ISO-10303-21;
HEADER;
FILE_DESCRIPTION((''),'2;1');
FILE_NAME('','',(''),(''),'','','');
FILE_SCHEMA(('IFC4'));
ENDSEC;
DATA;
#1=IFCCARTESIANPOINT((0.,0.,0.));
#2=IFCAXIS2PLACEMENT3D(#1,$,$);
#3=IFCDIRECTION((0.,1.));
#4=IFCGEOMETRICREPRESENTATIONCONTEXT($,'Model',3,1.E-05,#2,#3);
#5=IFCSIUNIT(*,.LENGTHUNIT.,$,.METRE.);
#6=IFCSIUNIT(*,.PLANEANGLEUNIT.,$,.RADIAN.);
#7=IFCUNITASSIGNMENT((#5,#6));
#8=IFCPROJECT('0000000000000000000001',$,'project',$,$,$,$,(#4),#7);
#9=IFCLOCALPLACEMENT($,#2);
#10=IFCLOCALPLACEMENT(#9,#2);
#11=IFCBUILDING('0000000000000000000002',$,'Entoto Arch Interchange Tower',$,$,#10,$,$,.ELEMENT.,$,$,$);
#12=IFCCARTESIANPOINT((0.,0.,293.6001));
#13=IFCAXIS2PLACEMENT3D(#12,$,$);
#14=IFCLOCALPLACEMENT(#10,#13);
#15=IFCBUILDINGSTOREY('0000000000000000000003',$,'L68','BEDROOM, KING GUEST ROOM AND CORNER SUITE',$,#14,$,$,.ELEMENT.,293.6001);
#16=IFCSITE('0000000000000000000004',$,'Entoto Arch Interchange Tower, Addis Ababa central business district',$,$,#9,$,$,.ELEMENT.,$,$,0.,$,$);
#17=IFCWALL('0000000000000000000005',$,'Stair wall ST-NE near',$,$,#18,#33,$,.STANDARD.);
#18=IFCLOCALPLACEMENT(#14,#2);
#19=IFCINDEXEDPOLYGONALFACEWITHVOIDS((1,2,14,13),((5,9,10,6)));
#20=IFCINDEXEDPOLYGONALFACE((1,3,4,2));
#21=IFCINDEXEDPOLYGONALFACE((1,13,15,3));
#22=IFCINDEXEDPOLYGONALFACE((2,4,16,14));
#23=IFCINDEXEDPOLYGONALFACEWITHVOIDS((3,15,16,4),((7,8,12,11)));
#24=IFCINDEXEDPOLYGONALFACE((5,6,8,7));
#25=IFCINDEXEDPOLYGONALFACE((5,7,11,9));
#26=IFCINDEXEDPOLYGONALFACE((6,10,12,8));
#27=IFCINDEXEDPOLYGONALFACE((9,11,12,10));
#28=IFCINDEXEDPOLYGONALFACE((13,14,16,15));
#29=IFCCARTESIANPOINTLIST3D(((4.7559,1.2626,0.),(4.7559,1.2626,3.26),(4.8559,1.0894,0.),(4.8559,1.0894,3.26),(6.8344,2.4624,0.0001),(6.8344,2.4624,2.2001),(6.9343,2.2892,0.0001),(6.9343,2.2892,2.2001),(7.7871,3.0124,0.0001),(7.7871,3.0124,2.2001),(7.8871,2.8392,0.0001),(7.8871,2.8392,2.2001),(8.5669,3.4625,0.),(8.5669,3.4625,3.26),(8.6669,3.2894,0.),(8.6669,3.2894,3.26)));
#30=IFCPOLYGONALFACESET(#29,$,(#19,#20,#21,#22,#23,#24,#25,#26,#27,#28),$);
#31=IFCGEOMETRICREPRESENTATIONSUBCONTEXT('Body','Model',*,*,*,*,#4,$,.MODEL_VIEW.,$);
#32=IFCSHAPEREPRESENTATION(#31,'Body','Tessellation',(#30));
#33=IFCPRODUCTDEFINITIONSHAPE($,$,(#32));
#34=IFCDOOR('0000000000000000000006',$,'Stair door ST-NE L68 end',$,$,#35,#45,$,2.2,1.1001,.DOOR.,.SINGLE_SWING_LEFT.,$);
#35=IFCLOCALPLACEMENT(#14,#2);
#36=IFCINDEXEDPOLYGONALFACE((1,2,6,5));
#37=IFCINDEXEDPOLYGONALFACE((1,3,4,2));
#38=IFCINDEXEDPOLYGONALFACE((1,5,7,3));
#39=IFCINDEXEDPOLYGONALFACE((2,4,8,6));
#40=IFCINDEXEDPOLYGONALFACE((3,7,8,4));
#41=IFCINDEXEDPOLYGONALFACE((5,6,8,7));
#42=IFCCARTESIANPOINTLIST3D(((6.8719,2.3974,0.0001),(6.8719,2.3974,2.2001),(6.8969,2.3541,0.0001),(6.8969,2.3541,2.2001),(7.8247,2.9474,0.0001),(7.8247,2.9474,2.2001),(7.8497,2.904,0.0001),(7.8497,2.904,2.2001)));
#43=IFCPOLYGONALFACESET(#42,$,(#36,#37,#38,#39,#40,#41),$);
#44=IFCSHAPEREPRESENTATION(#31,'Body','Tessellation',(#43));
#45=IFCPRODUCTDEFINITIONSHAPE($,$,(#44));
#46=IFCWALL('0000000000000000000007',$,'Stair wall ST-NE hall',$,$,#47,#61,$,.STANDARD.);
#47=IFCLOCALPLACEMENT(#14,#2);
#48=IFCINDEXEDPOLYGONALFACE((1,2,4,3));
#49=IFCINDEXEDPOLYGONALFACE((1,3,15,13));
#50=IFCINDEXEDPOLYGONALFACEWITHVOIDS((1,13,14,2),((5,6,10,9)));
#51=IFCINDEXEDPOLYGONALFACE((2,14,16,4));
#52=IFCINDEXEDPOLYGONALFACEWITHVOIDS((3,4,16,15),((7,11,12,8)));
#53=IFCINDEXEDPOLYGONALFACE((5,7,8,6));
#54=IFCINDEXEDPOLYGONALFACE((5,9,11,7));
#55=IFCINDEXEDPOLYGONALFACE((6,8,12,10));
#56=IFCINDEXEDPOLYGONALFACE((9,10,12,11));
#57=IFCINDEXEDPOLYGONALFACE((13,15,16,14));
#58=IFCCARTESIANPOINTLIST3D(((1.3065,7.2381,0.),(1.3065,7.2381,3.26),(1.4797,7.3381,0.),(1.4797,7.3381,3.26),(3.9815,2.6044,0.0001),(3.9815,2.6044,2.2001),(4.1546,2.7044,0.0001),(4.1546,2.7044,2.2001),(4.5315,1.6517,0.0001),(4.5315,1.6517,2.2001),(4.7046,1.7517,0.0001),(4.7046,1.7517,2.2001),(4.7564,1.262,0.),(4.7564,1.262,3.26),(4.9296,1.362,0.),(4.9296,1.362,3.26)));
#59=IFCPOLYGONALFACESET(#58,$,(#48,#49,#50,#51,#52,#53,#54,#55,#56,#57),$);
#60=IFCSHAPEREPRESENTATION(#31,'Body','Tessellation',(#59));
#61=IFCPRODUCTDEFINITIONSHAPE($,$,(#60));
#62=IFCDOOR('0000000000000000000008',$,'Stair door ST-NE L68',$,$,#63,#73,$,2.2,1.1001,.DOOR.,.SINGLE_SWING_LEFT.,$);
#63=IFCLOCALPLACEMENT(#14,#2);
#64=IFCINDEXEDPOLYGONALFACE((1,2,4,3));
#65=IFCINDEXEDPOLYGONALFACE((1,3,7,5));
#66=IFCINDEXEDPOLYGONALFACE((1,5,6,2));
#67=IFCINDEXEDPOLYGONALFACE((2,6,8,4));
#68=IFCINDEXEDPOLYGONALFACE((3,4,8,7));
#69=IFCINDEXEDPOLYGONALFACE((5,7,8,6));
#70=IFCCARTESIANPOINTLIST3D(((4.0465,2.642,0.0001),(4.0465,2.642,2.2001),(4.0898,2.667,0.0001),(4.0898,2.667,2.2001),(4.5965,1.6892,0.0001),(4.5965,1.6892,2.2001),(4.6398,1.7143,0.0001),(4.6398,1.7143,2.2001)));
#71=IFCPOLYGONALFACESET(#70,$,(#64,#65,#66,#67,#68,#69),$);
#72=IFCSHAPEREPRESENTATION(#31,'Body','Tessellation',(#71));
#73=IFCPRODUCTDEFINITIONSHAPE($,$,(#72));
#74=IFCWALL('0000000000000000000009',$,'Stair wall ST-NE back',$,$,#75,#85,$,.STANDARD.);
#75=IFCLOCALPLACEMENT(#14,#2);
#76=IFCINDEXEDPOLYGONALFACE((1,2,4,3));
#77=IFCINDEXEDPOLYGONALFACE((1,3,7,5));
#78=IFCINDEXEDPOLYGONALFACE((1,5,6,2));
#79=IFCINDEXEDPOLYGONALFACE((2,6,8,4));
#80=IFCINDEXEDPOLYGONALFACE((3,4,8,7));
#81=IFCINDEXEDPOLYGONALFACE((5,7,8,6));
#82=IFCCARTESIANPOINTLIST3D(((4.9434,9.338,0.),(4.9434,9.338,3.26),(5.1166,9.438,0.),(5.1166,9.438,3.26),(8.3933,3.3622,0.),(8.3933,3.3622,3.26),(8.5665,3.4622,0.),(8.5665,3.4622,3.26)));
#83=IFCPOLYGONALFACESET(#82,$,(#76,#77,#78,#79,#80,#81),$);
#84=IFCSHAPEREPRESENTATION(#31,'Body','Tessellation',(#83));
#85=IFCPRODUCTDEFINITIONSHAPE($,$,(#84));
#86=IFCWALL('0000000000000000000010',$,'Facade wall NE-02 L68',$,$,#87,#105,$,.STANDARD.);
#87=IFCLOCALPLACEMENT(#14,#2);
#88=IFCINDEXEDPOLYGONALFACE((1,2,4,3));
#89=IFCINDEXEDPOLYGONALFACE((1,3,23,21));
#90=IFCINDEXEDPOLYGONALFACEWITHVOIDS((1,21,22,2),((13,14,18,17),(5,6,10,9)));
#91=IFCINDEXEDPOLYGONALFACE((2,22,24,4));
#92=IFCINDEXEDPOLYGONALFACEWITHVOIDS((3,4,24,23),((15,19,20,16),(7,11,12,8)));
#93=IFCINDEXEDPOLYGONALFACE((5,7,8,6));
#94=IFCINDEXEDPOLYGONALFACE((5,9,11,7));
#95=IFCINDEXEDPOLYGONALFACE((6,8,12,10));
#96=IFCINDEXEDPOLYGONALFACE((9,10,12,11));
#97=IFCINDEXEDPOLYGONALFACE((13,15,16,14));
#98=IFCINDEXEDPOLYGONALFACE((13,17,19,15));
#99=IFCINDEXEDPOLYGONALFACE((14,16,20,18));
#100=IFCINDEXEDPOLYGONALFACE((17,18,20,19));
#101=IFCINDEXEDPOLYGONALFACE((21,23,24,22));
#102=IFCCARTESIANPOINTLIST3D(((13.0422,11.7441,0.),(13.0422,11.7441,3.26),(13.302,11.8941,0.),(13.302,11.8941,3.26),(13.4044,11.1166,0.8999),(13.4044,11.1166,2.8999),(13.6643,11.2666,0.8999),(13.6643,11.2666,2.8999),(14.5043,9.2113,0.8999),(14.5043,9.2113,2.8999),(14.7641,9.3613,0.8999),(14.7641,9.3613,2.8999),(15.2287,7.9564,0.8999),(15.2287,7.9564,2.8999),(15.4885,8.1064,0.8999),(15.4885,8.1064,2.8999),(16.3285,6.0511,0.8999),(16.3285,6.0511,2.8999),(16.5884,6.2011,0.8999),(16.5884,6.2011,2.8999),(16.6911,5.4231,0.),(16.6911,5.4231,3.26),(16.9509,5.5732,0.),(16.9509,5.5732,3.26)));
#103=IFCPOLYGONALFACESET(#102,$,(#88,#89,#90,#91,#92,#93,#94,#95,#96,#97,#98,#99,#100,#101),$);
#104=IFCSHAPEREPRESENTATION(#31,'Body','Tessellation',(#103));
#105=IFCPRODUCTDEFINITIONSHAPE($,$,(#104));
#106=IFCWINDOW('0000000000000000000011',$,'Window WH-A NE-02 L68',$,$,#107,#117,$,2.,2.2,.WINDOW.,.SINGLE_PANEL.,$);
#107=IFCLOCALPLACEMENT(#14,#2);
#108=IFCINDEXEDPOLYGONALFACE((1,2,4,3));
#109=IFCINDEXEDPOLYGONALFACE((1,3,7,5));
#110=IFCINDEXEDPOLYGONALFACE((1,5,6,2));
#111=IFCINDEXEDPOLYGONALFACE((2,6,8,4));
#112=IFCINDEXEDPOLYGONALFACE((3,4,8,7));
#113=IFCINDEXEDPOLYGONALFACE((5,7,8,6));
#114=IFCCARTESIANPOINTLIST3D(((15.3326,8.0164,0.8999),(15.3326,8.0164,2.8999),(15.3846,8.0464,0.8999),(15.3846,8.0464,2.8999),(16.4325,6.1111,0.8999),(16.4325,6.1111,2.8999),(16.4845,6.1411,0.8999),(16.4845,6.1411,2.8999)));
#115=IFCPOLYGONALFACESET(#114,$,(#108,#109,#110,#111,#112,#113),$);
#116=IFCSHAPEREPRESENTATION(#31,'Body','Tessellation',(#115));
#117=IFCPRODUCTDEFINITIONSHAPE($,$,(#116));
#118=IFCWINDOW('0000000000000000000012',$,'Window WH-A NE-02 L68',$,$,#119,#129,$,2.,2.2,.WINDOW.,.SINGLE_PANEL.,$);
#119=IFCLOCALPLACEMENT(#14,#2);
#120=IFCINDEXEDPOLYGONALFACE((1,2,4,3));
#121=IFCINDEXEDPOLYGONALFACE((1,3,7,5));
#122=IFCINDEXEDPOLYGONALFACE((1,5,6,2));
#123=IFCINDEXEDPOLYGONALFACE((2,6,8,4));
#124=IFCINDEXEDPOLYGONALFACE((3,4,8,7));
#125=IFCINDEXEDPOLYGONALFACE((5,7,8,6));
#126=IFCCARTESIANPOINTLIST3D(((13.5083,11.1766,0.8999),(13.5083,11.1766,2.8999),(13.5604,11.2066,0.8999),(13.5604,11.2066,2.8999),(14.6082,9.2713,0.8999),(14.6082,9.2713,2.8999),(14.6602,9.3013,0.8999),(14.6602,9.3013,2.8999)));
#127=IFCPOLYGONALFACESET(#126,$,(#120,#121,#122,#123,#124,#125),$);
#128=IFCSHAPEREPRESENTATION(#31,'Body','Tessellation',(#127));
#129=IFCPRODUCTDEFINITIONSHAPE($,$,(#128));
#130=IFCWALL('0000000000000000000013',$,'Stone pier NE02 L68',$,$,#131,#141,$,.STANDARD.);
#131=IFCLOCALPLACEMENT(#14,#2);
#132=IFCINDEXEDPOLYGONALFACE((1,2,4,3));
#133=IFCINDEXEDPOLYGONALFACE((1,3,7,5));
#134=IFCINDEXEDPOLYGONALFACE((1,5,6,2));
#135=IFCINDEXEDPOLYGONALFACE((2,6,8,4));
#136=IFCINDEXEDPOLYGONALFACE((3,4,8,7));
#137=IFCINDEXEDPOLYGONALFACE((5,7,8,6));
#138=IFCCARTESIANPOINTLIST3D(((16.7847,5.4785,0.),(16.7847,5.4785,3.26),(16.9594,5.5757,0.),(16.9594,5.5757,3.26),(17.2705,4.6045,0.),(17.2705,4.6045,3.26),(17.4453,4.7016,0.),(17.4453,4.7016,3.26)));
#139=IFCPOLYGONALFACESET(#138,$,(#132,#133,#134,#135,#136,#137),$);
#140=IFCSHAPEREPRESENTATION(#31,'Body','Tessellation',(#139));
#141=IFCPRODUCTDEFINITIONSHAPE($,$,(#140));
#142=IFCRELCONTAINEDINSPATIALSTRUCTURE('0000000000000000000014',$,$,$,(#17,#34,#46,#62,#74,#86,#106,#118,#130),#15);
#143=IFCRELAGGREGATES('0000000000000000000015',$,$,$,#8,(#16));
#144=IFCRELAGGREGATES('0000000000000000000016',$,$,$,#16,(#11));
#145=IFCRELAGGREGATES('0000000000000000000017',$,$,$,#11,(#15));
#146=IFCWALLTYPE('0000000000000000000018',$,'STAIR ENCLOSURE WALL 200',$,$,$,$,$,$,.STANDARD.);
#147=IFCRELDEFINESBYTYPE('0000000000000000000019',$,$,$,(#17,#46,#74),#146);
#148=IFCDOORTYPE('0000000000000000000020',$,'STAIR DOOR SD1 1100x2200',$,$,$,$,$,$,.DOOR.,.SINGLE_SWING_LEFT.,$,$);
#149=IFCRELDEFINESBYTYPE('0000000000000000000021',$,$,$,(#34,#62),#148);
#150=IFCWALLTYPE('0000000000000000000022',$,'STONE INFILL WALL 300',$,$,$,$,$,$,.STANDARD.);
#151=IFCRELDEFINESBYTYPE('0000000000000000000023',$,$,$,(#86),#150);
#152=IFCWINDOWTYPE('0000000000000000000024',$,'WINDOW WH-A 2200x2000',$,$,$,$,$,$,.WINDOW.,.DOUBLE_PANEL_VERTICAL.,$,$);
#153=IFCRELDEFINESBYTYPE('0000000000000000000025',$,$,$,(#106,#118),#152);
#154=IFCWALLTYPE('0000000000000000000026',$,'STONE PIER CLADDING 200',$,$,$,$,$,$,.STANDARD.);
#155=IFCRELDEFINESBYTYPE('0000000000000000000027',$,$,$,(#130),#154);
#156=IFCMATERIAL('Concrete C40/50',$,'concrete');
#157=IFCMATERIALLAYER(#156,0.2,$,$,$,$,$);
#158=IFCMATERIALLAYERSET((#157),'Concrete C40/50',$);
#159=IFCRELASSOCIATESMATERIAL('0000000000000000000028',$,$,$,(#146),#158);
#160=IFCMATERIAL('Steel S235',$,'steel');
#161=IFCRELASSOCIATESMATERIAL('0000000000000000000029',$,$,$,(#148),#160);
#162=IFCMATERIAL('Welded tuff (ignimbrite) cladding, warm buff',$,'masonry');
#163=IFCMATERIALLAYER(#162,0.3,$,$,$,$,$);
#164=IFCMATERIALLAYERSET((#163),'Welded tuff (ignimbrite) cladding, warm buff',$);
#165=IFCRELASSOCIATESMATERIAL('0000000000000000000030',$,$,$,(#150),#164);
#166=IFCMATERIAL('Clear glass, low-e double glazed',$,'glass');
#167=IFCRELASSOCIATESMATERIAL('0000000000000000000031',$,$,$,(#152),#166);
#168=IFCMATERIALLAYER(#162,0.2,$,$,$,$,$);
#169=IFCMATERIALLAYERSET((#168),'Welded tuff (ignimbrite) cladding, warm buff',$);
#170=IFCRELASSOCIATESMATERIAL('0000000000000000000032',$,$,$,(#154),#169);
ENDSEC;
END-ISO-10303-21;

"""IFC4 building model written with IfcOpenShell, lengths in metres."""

from ifc_helpers import new_model, si_unit, direction, frame, frame_2d, origin, place, context, subcontext, project, spatial, rectangle, extrude, material, layer, layer_set, type_object, element, fill, save


model = new_model("IFC4")

# Units and contexts
model_context = context("Model", 3, precision=1e-05, world=origin(), true_north=direction((0.0, 1.0)))
body_context = subcontext(model_context, "Body", "Model", "MODEL_VIEW")
ifc_project = project(units=[si_unit("LENGTHUNIT", "METRE"), si_unit("PLANEANGLEUNIT", "RADIAN")], contexts=[model_context])

# Site, building, storey
site_placement = place(None, origin())
site = spatial("IfcSite", under=ifc_project, at=site_placement, Name="Entoto Arch Interchange Tower, Addis Ababa central business district", CompositionType="ELEMENT", RefElevation=0.0)
building_placement = place(site_placement, origin())
building = spatial("IfcBuilding", under=site, at=building_placement, Name="Entoto Arch Interchange Tower", CompositionType="ELEMENT")
storey_placement = place(building_placement, frame((0.0, 0.0, 293.6001)))
storey = spatial("IfcBuildingStorey", under=building, at=storey_placement, Name="L68", Description="BEDROOM, KING GUEST ROOM AND CORNER SUITE", CompositionType="ELEMENT", Elevation=293.6001)

# Shared definitions
ifc_material_1 = material(Name="Concrete C40/50", Category="concrete")

# Walls, openings, doors
ifc_layer_1 = layer(ifc_material_1, 0.2)
ifc_layer_set_1 = layer_set([ifc_layer_1], Name="Concrete C40/50")
wall_type_1 = type_object("IfcWallType", Name="STAIR ENCLOSURE WALL 200", PredefinedType="STANDARD", material=ifc_layer_set_1)
wall_1_placement = place(storey_placement, frame((4.8059, 1.176, 0.0), z_axis=(0.0, 0.0, 1.0), x_axis=(0.86606, 0.49994, 0.0)))
wall_1 = element("IfcWall", 1, at=wall_1_placement, inside=storey, type_object=wall_type_1, Name="Stair wall ST-NE near", PredefinedType="STANDARD", context=body_context, shape_type="SweptSolid", body=[
    extrude(rectangle(XDim=4.4004, YDim=0.2, at=frame_2d((2.2002, 0.0))), origin(), (0.0, 0.0, 1.0), 3.26),
])
opening_1_placement = place(wall_1_placement, frame((2.3999, 0.0, 0.0)))
opening_1 = element("IfcOpeningElement", 2, at=opening_1_placement, cuts=wall_1, PredefinedType="OPENING", context=body_context, shape_type="SweptSolid", body=[
    extrude(rectangle(XDim=1.1001, YDim=2.2, at=frame_2d((0.55, 1.1001))), frame((0.0, 0.1099, 0.0), z_axis=(0.0, -1.0, 0.0), x_axis=(1.0, 0.0, 0.0)), (0.0, 0.0, 1.0), 0.22),
])
ifc_material_2 = material(Name="Steel S235", Category="steel")
door_type_1 = type_object("IfcDoorType", Name="STAIR DOOR SD1 1100x2200", OperationType="SINGLE_SWING_LEFT", PredefinedType="DOOR", material=ifc_material_2)
door_1_placement = place(opening_1_placement, origin())
door_1 = element("IfcDoor", 3, at=door_1_placement, inside=storey, type_object=door_type_1, Name="Stair door ST-NE L68 end", OperationType="SINGLE_SWING_LEFT", OverallHeight=2.2, OverallWidth=1.1001, PredefinedType="DOOR", context=body_context, shape_type="SweptSolid", body=[
    extrude(rectangle(XDim=1.1001, YDim=2.2, at=frame_2d((0.55, 1.1001))), frame((0.0, 0.0249, 0.0), z_axis=(0.0, -1.0, 0.0), x_axis=(1.0, 0.0, 0.0)), (0.0, 0.0, 1.0), 0.05),
])
fill(opening_1, door_1)
wall_2_placement = place(storey_placement, frame((4.843, 1.312, 0.0), z_axis=(0.0, 0.0, 1.0), x_axis=(-0.499963, 0.866047, 0.0)))
wall_2 = element("IfcWall", 4, at=wall_2_placement, inside=storey, type_object=wall_type_1, Name="Stair wall ST-NE hall", PredefinedType="STANDARD", context=body_context, shape_type="SweptSolid", body=[
    extrude(rectangle(XDim=6.9004, YDim=0.2, at=frame_2d((3.4502, 0.0))), origin(), (0.0, 0.0, 1.0), 3.26),
])
opening_2_placement = place(wall_2_placement, frame((0.45, 0.0, 0.0)))
opening_2 = element("IfcOpeningElement", 5, at=opening_2_placement, cuts=wall_2, PredefinedType="OPENING", context=body_context, shape_type="SweptSolid", body=[
    extrude(rectangle(XDim=1.1001, YDim=2.2, at=frame_2d((0.55, 1.1001))), frame((0.0, 0.1099, 0.0), z_axis=(0.0, -1.0, 0.0), x_axis=(1.0, 0.0, 0.0)), (0.0, 0.0, 1.0), 0.22),
])
door_2_placement = place(opening_2_placement, origin())
door_2 = element("IfcDoor", 6, at=door_2_placement, inside=storey, type_object=door_type_1, Name="Stair door ST-NE L68", OperationType="SINGLE_SWING_LEFT", OverallHeight=2.2, OverallWidth=1.1001, PredefinedType="DOOR", context=body_context, shape_type="SweptSolid", body=[
    extrude(rectangle(XDim=1.1001, YDim=2.2, at=frame_2d((0.55, 1.1001))), frame((0.0, 0.0249, 0.0), z_axis=(0.0, -1.0, 0.0), x_axis=(1.0, 0.0, 0.0)), (0.0, 0.0, 1.0), 0.05),
])
fill(opening_2, door_2)

# Wall
wall_3_placement = place(storey_placement, frame((8.48, 3.4121, 0.0), z_axis=(0.0, 0.0, 1.0), x_axis=(-0.499979, 0.866038, 0.0)))
element("IfcWall", 7, at=wall_3_placement, inside=storey, type_object=wall_type_1, Name="Stair wall ST-NE back", PredefinedType="STANDARD", context=body_context, shape_type="SweptSolid", body=[
    extrude(rectangle(XDim=6.9001, YDim=0.2, at=frame_2d((3.4502, 0.0))), origin(), (0.0, 0.0, 1.0), 3.26),
])

# Wall, openings, windows
ifc_material_3 = material(Name="Welded tuff (ignimbrite) cladding, warm buff", Category="masonry")
ifc_layer_2 = layer(ifc_material_3, 0.3)
ifc_layer_set_2 = layer_set([ifc_layer_2], Name="Welded tuff (ignimbrite) cladding, warm buff")
wall_type_2 = type_object("IfcWallType", Name="STONE INFILL WALL 300", PredefinedType="STANDARD", material=ifc_layer_set_2)
wall_4_placement = place(storey_placement, frame((16.821, 5.498, 0.0), z_axis=(0.0, 0.0, 1.0), x_axis=(-0.499945, 0.866057, 0.0)))
wall_4 = element("IfcWall", 8, at=wall_4_placement, inside=storey, type_object=wall_type_2, Name="Facade wall NE-02 L68", PredefinedType="STANDARD", context=body_context, shape_type="SweptSolid", body=[
    extrude(rectangle(XDim=7.2986, YDim=0.3, at=frame_2d((3.6494, 0.0))), origin(), (0.0, 0.0, 1.0), 3.26),
])
opening_3_placement = place(wall_4_placement, frame((0.7251, 0.0, 0.8999)))
opening_3 = element("IfcOpeningElement", 9, at=opening_3_placement, cuts=wall_4, PredefinedType="OPENING", context=body_context, shape_type="SweptSolid", body=[
    extrude(rectangle(XDim=2.2, YDim=2.0, at=frame_2d((1.1001, 1.0))), frame((0.0, 0.1602, 0.0), z_axis=(0.0, -1.0, 0.0), x_axis=(1.0, 0.0, 0.0)), (0.0, 0.0, 1.0), 0.3201),
])
opening_4_placement = place(wall_4_placement, frame((4.374, 0.0, 0.8999)))
opening_4 = element("IfcOpeningElement", 10, at=opening_4_placement, cuts=wall_4, PredefinedType="OPENING", context=body_context, shape_type="SweptSolid", body=[
    extrude(rectangle(XDim=2.2, YDim=2.0, at=frame_2d((1.1001, 1.0))), frame((0.0, 0.1602, 0.0), z_axis=(0.0, -1.0, 0.0), x_axis=(1.0, 0.0, 0.0)), (0.0, 0.0, 1.0), 0.3201),
])
ifc_material_4 = material(Name="Clear glass, low-e double glazed", Category="glass")
window_type = type_object("IfcWindowType", Name="WINDOW WH-A 2200x2000", PartitioningType="DOUBLE_PANEL_VERTICAL", PredefinedType="WINDOW", material=ifc_material_4)
window_1_placement = place(opening_3_placement, origin())
window_1 = element("IfcWindow", 11, at=window_1_placement, inside=storey, type_object=window_type, Name="Window WH-A NE-02 L68", OverallHeight=2.0, OverallWidth=2.2, PartitioningType="SINGLE_PANEL", PredefinedType="WINDOW", context=body_context, shape_type="SweptSolid", body=[
    extrude(rectangle(XDim=2.2, YDim=2.0, at=frame_2d((1.1001, 1.0))), frame((0.0, 0.03, 0.0), z_axis=(0.0, -1.0, 0.0), x_axis=(1.0, 0.0, 0.0)), (0.0, 0.0, 1.0), 0.0601),
])
fill(opening_3, window_1)
window_2_placement = place(opening_4_placement, origin())
window_2 = element("IfcWindow", 12, at=window_2_placement, inside=storey, type_object=window_type, Name="Window WH-A NE-02 L68", OverallHeight=2.0, OverallWidth=2.2, PartitioningType="SINGLE_PANEL", PredefinedType="WINDOW", context=body_context, shape_type="SweptSolid", body=[
    extrude(rectangle(XDim=2.2, YDim=2.0, at=frame_2d((1.1001, 1.0))), frame((0.0, 0.03, 0.0), z_axis=(0.0, -1.0, 0.0), x_axis=(1.0, 0.0, 0.0)), (0.0, 0.0, 1.0), 0.0601),
])
fill(opening_4, window_2)

# Wall
ifc_layer_3 = layer(ifc_material_3, 0.2)
ifc_layer_set_3 = layer_set([ifc_layer_3], Name="Welded tuff (ignimbrite) cladding, warm buff")
wall_type_3 = type_object("IfcWallType", Name="STONE PIER CLADDING 200", PredefinedType="STANDARD", material=ifc_layer_set_3)
wall_5_placement = place(storey_placement, frame((17.3579, 4.6531, 0.0), z_axis=(0.0, 0.0, 1.0), x_axis=(-0.48585, 0.874042, 0.0)))
element("IfcWall", 13, at=wall_5_placement, inside=storey, type_object=wall_type_3, Name="Stone pier NE02 L68", PredefinedType="STANDARD", context=body_context, shape_type="SweptSolid", body=[
    extrude(rectangle(XDim=1.0, YDim=0.2, at=frame_2d((0.5, 0.0))), origin(), (0.0, 0.0, 1.0), 3.26),
])

save(model, "model.ifc")
